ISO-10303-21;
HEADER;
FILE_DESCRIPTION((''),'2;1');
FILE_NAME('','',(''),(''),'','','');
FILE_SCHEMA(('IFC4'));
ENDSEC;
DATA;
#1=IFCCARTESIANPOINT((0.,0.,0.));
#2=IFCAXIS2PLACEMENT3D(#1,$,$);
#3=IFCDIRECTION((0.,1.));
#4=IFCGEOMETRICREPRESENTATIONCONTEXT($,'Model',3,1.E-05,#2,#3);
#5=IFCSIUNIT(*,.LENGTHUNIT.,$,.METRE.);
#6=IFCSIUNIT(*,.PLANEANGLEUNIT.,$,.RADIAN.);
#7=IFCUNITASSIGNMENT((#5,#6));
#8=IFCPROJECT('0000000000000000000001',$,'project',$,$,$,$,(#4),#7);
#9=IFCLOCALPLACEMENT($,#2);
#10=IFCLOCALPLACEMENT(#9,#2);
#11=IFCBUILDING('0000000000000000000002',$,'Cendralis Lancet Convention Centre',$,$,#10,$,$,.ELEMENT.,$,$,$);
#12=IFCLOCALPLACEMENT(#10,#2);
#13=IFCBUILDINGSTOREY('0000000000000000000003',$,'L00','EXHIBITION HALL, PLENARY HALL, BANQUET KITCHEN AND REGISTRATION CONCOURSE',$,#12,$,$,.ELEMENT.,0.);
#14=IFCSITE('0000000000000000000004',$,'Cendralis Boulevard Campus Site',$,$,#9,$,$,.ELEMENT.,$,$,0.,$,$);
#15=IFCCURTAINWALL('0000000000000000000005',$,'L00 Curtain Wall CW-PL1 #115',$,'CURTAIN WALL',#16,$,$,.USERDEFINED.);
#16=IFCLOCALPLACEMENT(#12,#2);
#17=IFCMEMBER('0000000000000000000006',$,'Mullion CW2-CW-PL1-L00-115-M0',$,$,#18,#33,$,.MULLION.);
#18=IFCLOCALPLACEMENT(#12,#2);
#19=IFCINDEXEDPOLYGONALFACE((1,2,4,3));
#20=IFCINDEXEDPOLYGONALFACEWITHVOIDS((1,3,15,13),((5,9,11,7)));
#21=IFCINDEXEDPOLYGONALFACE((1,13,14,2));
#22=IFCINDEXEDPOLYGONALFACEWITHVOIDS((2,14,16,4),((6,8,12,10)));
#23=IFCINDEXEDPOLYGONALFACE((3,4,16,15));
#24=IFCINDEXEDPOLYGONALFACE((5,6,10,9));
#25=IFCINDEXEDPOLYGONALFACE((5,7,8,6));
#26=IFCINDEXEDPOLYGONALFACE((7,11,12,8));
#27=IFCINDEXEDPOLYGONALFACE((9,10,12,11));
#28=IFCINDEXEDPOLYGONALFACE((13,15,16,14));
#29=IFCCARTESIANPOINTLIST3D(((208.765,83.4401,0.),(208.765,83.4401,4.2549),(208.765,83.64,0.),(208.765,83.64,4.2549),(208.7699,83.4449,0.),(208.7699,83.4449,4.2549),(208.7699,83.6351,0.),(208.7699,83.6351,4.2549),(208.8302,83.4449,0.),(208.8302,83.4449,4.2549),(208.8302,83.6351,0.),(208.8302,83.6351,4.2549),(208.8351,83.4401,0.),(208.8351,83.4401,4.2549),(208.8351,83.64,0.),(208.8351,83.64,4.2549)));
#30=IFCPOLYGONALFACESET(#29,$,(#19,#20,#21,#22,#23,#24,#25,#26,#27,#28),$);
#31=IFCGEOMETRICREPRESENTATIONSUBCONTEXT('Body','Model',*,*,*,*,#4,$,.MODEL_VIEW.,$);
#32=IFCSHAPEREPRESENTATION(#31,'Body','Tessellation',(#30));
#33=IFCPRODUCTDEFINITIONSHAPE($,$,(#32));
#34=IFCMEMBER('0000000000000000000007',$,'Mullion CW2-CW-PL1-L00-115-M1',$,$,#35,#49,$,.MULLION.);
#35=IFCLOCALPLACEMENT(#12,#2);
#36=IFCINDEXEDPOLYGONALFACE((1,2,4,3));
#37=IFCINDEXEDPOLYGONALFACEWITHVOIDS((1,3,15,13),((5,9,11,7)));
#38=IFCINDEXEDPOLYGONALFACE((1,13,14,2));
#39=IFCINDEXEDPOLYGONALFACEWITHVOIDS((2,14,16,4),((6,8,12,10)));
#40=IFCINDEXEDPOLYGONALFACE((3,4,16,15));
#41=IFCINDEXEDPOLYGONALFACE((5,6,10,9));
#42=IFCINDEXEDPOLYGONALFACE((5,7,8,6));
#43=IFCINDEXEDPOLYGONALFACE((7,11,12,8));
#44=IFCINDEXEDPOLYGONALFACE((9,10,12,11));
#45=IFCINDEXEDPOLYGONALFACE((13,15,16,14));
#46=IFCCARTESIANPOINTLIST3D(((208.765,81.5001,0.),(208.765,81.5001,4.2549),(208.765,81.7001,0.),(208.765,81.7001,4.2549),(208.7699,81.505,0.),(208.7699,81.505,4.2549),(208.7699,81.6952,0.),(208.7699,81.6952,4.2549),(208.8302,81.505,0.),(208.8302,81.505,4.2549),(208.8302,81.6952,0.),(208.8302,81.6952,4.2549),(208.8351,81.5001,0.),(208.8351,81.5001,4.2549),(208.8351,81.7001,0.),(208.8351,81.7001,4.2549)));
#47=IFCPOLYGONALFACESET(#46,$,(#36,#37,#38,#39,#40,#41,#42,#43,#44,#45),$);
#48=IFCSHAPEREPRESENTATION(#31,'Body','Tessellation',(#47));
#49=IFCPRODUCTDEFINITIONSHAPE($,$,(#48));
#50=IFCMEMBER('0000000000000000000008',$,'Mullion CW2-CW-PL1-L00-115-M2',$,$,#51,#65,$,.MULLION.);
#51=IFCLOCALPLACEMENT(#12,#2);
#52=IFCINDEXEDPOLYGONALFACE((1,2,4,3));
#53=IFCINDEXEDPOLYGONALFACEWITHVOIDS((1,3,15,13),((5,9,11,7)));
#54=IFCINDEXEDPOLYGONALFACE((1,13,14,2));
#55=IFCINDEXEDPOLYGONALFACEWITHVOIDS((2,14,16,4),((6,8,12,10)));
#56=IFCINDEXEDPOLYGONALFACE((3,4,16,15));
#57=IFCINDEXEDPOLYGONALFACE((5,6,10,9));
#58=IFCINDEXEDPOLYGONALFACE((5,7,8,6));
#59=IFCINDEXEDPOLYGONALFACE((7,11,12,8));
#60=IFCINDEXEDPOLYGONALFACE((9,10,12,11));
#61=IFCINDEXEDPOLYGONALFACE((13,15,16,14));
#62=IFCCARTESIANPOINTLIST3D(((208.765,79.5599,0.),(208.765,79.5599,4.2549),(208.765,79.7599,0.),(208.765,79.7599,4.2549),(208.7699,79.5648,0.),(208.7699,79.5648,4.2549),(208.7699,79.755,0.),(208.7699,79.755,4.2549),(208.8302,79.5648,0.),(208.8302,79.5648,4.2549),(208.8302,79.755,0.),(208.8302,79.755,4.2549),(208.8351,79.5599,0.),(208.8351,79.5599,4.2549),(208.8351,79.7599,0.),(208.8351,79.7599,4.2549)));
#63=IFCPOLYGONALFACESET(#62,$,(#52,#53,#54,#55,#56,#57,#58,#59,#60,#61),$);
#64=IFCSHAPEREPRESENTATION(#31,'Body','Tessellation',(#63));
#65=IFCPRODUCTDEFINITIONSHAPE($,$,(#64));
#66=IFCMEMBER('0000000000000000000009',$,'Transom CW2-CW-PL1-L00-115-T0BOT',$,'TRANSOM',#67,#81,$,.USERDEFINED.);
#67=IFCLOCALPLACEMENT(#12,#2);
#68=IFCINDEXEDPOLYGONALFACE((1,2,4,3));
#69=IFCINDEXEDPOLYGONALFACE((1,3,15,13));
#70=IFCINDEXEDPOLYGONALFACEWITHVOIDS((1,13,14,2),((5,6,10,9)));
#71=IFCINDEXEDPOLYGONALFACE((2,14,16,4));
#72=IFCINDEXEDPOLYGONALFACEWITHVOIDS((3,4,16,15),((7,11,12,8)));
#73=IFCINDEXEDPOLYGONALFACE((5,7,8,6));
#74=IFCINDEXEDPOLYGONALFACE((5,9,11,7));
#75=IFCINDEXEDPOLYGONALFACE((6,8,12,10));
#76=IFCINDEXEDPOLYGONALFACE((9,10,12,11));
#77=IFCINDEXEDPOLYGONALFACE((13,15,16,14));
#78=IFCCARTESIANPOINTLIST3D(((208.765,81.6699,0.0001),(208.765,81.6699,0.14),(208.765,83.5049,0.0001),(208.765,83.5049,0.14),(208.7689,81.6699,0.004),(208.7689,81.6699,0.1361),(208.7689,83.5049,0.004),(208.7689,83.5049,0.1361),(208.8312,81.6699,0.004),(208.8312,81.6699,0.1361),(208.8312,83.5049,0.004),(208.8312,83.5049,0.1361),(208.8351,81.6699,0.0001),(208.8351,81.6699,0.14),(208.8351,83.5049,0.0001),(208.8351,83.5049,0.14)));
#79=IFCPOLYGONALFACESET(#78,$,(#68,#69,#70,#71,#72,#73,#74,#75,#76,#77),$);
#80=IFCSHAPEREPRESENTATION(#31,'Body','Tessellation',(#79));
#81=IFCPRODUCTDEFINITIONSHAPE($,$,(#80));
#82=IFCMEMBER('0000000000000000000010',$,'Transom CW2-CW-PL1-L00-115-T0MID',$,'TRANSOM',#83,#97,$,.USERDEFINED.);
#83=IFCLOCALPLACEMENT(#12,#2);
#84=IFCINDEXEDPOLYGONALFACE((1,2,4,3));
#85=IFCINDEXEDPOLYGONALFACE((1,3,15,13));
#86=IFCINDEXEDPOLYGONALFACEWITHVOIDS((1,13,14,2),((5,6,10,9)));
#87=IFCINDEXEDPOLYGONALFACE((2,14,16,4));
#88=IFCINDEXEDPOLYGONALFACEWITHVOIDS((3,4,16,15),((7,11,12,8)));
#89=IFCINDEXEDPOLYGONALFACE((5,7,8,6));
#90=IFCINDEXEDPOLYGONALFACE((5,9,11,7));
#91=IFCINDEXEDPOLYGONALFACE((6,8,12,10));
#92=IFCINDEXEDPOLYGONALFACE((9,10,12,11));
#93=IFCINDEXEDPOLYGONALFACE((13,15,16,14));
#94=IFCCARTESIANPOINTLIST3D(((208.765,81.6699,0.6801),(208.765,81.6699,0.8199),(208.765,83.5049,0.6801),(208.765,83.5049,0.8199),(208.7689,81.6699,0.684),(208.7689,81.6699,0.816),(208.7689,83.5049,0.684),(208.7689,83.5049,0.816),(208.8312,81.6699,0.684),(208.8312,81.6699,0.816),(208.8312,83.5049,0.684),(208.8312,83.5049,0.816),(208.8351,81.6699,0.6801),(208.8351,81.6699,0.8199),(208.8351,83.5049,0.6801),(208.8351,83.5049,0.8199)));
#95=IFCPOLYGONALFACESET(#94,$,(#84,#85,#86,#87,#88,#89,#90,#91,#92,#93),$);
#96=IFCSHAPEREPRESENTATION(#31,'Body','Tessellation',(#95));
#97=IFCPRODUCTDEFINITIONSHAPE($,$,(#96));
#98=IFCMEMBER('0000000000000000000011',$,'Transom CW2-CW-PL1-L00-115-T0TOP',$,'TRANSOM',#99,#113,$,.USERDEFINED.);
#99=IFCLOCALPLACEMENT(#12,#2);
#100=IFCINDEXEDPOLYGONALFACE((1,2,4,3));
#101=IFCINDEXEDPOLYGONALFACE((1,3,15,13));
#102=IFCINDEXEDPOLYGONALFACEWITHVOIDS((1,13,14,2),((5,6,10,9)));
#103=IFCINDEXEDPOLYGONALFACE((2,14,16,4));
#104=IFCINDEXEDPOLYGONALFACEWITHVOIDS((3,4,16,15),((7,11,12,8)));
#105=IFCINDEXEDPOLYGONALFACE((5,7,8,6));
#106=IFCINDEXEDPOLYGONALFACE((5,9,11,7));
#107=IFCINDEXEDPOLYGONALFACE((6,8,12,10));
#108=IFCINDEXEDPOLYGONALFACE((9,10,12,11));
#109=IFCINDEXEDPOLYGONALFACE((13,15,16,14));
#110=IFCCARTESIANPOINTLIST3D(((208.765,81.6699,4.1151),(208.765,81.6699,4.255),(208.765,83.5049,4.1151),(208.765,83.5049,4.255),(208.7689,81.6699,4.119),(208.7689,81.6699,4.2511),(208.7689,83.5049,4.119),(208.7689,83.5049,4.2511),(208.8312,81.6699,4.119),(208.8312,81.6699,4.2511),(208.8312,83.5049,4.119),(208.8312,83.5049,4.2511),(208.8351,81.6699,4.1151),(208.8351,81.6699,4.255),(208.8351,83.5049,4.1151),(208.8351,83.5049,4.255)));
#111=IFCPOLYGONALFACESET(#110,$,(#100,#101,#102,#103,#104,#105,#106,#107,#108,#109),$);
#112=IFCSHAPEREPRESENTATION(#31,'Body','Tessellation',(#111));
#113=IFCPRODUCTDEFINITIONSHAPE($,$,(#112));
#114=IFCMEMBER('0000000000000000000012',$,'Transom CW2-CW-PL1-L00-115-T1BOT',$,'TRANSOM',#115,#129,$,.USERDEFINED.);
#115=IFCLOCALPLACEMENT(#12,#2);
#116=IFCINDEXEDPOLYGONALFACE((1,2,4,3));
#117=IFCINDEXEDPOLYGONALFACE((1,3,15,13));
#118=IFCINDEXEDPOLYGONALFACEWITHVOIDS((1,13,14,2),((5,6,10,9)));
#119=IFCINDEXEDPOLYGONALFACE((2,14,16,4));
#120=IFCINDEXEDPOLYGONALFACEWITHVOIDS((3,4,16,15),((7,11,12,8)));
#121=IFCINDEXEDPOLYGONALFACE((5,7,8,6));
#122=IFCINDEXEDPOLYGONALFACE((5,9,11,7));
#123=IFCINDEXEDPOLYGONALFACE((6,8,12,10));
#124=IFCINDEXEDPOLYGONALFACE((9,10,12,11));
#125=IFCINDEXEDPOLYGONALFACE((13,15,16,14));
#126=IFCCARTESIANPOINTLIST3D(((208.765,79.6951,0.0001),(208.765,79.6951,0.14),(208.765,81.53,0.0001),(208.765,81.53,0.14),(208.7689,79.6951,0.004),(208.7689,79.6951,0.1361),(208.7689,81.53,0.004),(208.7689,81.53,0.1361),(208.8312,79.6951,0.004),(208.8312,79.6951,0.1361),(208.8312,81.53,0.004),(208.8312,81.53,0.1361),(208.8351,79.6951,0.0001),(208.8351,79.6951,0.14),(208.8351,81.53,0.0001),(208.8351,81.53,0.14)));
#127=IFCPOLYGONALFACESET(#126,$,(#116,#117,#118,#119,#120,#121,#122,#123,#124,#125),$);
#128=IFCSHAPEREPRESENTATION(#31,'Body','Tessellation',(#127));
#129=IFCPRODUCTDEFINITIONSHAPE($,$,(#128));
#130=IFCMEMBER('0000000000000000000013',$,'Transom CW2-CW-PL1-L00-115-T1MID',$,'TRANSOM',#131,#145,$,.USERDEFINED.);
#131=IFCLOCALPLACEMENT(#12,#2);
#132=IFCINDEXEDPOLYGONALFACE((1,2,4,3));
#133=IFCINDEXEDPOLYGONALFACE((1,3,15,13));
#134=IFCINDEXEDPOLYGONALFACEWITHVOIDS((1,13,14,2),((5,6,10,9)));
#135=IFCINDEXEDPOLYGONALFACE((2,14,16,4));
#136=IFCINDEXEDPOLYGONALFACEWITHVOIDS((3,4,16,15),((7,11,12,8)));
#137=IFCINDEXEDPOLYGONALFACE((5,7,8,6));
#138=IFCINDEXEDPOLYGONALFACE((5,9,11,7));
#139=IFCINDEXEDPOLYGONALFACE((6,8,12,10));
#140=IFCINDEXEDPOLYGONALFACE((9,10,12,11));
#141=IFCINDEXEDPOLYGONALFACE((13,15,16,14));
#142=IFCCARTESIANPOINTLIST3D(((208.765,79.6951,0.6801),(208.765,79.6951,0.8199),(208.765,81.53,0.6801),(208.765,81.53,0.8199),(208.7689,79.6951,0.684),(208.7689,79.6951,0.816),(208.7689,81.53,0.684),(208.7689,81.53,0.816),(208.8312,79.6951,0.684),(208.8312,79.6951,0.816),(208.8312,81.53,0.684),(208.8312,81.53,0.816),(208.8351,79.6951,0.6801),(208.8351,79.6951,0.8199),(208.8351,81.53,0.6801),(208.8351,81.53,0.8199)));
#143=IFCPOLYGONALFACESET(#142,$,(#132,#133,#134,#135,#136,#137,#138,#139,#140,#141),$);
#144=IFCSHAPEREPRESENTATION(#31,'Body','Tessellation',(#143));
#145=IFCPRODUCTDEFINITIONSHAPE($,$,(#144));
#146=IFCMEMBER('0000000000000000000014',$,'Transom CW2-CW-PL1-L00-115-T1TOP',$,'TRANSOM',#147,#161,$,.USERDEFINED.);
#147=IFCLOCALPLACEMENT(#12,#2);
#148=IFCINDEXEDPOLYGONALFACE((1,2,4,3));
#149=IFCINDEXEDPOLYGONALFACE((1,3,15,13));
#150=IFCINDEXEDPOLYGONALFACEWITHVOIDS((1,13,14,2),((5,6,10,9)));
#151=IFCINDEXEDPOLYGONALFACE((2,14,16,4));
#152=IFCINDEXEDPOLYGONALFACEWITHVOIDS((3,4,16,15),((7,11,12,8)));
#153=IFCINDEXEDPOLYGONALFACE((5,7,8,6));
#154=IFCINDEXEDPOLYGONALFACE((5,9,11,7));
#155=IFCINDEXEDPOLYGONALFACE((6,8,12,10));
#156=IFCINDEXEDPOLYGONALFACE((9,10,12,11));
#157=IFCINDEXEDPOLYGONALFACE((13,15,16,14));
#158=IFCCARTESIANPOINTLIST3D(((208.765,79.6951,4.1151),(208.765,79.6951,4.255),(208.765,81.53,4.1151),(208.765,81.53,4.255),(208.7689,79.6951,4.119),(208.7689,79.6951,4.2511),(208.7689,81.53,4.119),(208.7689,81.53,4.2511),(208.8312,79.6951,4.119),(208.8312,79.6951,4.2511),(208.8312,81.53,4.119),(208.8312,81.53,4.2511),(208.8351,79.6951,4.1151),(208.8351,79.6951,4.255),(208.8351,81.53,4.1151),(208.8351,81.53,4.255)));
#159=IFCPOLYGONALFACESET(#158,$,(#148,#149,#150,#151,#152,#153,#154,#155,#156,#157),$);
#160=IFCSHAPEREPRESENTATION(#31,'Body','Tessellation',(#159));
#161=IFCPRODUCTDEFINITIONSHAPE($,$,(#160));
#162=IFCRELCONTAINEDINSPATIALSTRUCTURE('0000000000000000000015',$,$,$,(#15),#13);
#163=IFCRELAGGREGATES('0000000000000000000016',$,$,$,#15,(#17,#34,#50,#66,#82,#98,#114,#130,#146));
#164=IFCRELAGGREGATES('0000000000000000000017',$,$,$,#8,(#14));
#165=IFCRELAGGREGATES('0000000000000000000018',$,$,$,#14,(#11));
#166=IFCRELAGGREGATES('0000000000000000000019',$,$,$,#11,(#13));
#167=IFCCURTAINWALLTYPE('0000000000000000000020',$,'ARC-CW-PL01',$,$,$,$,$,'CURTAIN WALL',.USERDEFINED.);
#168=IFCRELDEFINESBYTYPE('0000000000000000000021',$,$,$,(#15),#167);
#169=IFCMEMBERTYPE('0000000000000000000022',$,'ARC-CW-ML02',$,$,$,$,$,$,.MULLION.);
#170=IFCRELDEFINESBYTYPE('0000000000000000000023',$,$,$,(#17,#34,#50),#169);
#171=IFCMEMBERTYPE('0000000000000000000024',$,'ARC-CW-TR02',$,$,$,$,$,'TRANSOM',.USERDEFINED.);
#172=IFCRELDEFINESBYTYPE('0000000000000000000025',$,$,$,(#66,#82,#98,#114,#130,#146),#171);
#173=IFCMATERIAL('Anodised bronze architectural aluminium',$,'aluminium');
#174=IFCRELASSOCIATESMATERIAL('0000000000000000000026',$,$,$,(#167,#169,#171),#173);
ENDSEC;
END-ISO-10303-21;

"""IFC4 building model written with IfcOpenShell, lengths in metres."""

from ifc_helpers import new_model, si_unit, direction, frame, origin, origin_2d, place, context, subcontext, project, spatial, hollow_rectangle, extrude, material, material_profile, profile_set, type_object, element, aggregate, save


model = new_model("IFC4")

# Units and contexts
model_context = context("Model", 3, precision=1e-05, world=origin(), true_north=direction((0.0, 1.0)))
body_context = subcontext(model_context, "Body", "Model", "MODEL_VIEW")
ifc_project = project(units=[si_unit("LENGTHUNIT", "METRE"), si_unit("PLANEANGLEUNIT", "RADIAN")], contexts=[model_context])

# Site, building, storey
site_placement = place(None, origin())
site = spatial("IfcSite", under=ifc_project, at=site_placement, Name="Cendralis Boulevard Campus Site", CompositionType="ELEMENT", RefElevation=0.0)
building_placement = place(site_placement, origin())
building = spatial("IfcBuilding", under=site, at=building_placement, Name="Cendralis Lancet Convention Centre", CompositionType="ELEMENT")
storey_placement = place(building_placement, origin())
storey = spatial("IfcBuildingStorey", under=building, at=storey_placement, Name="L00", Description="EXHIBITION HALL, PLENARY HALL, BANQUET KITCHEN AND REGISTRATION CONCOURSE", CompositionType="ELEMENT", Elevation=0.0)

# Curtain wall, members
ifc_material_1 = material(Name="Anodised bronze architectural aluminium", Category="aluminium")
curtain_wall_type = type_object("IfcCurtainWallType", Name="ARC-CW-PL01", ElementType="CURTAIN WALL", PredefinedType="USERDEFINED", material=ifc_material_1)
curtain_wall_placement = place(storey_placement, origin())
curtain_wall = element("IfcCurtainWall", 1, at=curtain_wall_placement, inside=storey, type_object=curtain_wall_type, Name="L00 Curtain Wall CW-PL1 #115", ObjectType="CURTAIN WALL", PredefinedType="USERDEFINED")
ifc_material_profile_1 = material_profile(ifc_material_1, hollow_rectangle(XDim=0.0701, YDim=0.2, WallThickness=0.0049, at=origin_2d()), Name="AL-MULL 70x200x5.0")
ifc_profile_set_1 = profile_set([ifc_material_profile_1], Name="Anodised bronze architectural aluminium")
member_type_1 = type_object("IfcMemberType", Name="ARC-CW-ML02", PredefinedType="MULLION", material=ifc_profile_set_1)
member_1_placement = place(storey_placement, frame((208.8, 83.54, 0.0), z_axis=(0.0, 0.0, 1.0), x_axis=(1.0, 0.0, 0.0)))
member_1 = element("IfcMember", 2, at=member_1_placement, type_object=member_type_1, Name="Mullion CW2-CW-PL1-L00-115-M0", PredefinedType="MULLION", context=body_context, shape_type="SweptSolid", body=[
    extrude(hollow_rectangle(XDim=0.0701, YDim=0.2, WallThickness=0.0049, at=origin_2d()), origin(), (0.0, 0.0, 1.0), 4.2549),
])
member_2_placement = place(storey_placement, frame((208.8, 81.6001, 0.0), z_axis=(0.0, 0.0, 1.0), x_axis=(1.0, 0.0, 0.0)))
member_2 = element("IfcMember", 3, at=member_2_placement, type_object=member_type_1, Name="Mullion CW2-CW-PL1-L00-115-M1", PredefinedType="MULLION", context=body_context, shape_type="SweptSolid", body=[
    extrude(hollow_rectangle(XDim=0.0701, YDim=0.2, WallThickness=0.0049, at=origin_2d()), origin(), (0.0, 0.0, 1.0), 4.2549),
])
member_3_placement = place(storey_placement, frame((208.8, 79.6599, 0.0), z_axis=(0.0, 0.0, 1.0), x_axis=(1.0, 0.0, 0.0)))
member_3 = element("IfcMember", 4, at=member_3_placement, type_object=member_type_1, Name="Mullion CW2-CW-PL1-L00-115-M2", PredefinedType="MULLION", context=body_context, shape_type="SweptSolid", body=[
    extrude(hollow_rectangle(XDim=0.0701, YDim=0.2, WallThickness=0.0049, at=origin_2d()), origin(), (0.0, 0.0, 1.0), 4.2549),
])
ifc_material_profile_2 = material_profile(ifc_material_1, hollow_rectangle(XDim=0.0701, YDim=0.1399, WallThickness=0.0039, at=origin_2d()), Name="AL-TRAN 70x140x4.0")
ifc_profile_set_2 = profile_set([ifc_material_profile_2], Name="Anodised bronze architectural aluminium")
member_type_2 = type_object("IfcMemberType", Name="ARC-CW-TR02", ElementType="TRANSOM", PredefinedType="USERDEFINED", material=ifc_profile_set_2)
member_4_placement = place(storey_placement, frame((208.8, 83.5049, 0.0701), z_axis=(0.0, -1.0, 0.0), x_axis=(1.0, 0.0, 0.0)))
member_4 = element("IfcMember", 5, at=member_4_placement, type_object=member_type_2, Name="Transom CW2-CW-PL1-L00-115-T0BOT", ObjectType="TRANSOM", PredefinedType="USERDEFINED", context=body_context, shape_type="SweptSolid", body=[
    extrude(hollow_rectangle(XDim=0.0701, YDim=0.1399, WallThickness=0.0039, at=origin_2d()), origin(), (0.0, 0.0, 1.0), 1.835),
])
member_5_placement = place(storey_placement, frame((208.8, 83.5049, 0.75), z_axis=(0.0, -1.0, 0.0), x_axis=(1.0, 0.0, 0.0)))
member_5 = element("IfcMember", 6, at=member_5_placement, type_object=member_type_2, Name="Transom CW2-CW-PL1-L00-115-T0MID", ObjectType="TRANSOM", PredefinedType="USERDEFINED", context=body_context, shape_type="SweptSolid", body=[
    extrude(hollow_rectangle(XDim=0.0701, YDim=0.1399, WallThickness=0.0039, at=origin_2d()), origin(), (0.0, 0.0, 1.0), 1.835),
])
member_6_placement = place(storey_placement, frame((208.8, 83.5049, 4.1851), z_axis=(0.0, -1.0, 0.0), x_axis=(1.0, 0.0, 0.0)))
member_6 = element("IfcMember", 7, at=member_6_placement, type_object=member_type_2, Name="Transom CW2-CW-PL1-L00-115-T0TOP", ObjectType="TRANSOM", PredefinedType="USERDEFINED", context=body_context, shape_type="SweptSolid", body=[
    extrude(hollow_rectangle(XDim=0.0701, YDim=0.1399, WallThickness=0.0039, at=origin_2d()), origin(), (0.0, 0.0, 1.0), 1.835),
])
member_7_placement = place(storey_placement, frame((208.8, 81.53, 0.0701), z_axis=(0.0, -1.0, 0.0), x_axis=(1.0, 0.0, 0.0)))
member_7 = element("IfcMember", 8, at=member_7_placement, type_object=member_type_2, Name="Transom CW2-CW-PL1-L00-115-T1BOT", ObjectType="TRANSOM", PredefinedType="USERDEFINED", context=body_context, shape_type="SweptSolid", body=[
    extrude(hollow_rectangle(XDim=0.0701, YDim=0.1399, WallThickness=0.0039, at=origin_2d()), origin(), (0.0, 0.0, 1.0), 1.835),
])
member_8_placement = place(storey_placement, frame((208.8, 81.53, 0.75), z_axis=(0.0, -1.0, 0.0), x_axis=(1.0, 0.0, 0.0)))
member_8 = element("IfcMember", 9, at=member_8_placement, type_object=member_type_2, Name="Transom CW2-CW-PL1-L00-115-T1MID", ObjectType="TRANSOM", PredefinedType="USERDEFINED", context=body_context, shape_type="SweptSolid", body=[
    extrude(hollow_rectangle(XDim=0.0701, YDim=0.1399, WallThickness=0.0039, at=origin_2d()), origin(), (0.0, 0.0, 1.0), 1.835),
])
member_9_placement = place(storey_placement, frame((208.8, 81.53, 4.1851), z_axis=(0.0, -1.0, 0.0), x_axis=(1.0, 0.0, 0.0)))
member_9 = element("IfcMember", 10, at=member_9_placement, type_object=member_type_2, Name="Transom CW2-CW-PL1-L00-115-T1TOP", ObjectType="TRANSOM", PredefinedType="USERDEFINED", context=body_context, shape_type="SweptSolid", body=[
    extrude(hollow_rectangle(XDim=0.0701, YDim=0.1399, WallThickness=0.0039, at=origin_2d()), origin(), (0.0, 0.0, 1.0), 1.835),
])

aggregate(curtain_wall, [member_1, member_2, member_3, member_4, member_5, member_6, member_7, member_8, member_9])

save(model, "model.ifc")
